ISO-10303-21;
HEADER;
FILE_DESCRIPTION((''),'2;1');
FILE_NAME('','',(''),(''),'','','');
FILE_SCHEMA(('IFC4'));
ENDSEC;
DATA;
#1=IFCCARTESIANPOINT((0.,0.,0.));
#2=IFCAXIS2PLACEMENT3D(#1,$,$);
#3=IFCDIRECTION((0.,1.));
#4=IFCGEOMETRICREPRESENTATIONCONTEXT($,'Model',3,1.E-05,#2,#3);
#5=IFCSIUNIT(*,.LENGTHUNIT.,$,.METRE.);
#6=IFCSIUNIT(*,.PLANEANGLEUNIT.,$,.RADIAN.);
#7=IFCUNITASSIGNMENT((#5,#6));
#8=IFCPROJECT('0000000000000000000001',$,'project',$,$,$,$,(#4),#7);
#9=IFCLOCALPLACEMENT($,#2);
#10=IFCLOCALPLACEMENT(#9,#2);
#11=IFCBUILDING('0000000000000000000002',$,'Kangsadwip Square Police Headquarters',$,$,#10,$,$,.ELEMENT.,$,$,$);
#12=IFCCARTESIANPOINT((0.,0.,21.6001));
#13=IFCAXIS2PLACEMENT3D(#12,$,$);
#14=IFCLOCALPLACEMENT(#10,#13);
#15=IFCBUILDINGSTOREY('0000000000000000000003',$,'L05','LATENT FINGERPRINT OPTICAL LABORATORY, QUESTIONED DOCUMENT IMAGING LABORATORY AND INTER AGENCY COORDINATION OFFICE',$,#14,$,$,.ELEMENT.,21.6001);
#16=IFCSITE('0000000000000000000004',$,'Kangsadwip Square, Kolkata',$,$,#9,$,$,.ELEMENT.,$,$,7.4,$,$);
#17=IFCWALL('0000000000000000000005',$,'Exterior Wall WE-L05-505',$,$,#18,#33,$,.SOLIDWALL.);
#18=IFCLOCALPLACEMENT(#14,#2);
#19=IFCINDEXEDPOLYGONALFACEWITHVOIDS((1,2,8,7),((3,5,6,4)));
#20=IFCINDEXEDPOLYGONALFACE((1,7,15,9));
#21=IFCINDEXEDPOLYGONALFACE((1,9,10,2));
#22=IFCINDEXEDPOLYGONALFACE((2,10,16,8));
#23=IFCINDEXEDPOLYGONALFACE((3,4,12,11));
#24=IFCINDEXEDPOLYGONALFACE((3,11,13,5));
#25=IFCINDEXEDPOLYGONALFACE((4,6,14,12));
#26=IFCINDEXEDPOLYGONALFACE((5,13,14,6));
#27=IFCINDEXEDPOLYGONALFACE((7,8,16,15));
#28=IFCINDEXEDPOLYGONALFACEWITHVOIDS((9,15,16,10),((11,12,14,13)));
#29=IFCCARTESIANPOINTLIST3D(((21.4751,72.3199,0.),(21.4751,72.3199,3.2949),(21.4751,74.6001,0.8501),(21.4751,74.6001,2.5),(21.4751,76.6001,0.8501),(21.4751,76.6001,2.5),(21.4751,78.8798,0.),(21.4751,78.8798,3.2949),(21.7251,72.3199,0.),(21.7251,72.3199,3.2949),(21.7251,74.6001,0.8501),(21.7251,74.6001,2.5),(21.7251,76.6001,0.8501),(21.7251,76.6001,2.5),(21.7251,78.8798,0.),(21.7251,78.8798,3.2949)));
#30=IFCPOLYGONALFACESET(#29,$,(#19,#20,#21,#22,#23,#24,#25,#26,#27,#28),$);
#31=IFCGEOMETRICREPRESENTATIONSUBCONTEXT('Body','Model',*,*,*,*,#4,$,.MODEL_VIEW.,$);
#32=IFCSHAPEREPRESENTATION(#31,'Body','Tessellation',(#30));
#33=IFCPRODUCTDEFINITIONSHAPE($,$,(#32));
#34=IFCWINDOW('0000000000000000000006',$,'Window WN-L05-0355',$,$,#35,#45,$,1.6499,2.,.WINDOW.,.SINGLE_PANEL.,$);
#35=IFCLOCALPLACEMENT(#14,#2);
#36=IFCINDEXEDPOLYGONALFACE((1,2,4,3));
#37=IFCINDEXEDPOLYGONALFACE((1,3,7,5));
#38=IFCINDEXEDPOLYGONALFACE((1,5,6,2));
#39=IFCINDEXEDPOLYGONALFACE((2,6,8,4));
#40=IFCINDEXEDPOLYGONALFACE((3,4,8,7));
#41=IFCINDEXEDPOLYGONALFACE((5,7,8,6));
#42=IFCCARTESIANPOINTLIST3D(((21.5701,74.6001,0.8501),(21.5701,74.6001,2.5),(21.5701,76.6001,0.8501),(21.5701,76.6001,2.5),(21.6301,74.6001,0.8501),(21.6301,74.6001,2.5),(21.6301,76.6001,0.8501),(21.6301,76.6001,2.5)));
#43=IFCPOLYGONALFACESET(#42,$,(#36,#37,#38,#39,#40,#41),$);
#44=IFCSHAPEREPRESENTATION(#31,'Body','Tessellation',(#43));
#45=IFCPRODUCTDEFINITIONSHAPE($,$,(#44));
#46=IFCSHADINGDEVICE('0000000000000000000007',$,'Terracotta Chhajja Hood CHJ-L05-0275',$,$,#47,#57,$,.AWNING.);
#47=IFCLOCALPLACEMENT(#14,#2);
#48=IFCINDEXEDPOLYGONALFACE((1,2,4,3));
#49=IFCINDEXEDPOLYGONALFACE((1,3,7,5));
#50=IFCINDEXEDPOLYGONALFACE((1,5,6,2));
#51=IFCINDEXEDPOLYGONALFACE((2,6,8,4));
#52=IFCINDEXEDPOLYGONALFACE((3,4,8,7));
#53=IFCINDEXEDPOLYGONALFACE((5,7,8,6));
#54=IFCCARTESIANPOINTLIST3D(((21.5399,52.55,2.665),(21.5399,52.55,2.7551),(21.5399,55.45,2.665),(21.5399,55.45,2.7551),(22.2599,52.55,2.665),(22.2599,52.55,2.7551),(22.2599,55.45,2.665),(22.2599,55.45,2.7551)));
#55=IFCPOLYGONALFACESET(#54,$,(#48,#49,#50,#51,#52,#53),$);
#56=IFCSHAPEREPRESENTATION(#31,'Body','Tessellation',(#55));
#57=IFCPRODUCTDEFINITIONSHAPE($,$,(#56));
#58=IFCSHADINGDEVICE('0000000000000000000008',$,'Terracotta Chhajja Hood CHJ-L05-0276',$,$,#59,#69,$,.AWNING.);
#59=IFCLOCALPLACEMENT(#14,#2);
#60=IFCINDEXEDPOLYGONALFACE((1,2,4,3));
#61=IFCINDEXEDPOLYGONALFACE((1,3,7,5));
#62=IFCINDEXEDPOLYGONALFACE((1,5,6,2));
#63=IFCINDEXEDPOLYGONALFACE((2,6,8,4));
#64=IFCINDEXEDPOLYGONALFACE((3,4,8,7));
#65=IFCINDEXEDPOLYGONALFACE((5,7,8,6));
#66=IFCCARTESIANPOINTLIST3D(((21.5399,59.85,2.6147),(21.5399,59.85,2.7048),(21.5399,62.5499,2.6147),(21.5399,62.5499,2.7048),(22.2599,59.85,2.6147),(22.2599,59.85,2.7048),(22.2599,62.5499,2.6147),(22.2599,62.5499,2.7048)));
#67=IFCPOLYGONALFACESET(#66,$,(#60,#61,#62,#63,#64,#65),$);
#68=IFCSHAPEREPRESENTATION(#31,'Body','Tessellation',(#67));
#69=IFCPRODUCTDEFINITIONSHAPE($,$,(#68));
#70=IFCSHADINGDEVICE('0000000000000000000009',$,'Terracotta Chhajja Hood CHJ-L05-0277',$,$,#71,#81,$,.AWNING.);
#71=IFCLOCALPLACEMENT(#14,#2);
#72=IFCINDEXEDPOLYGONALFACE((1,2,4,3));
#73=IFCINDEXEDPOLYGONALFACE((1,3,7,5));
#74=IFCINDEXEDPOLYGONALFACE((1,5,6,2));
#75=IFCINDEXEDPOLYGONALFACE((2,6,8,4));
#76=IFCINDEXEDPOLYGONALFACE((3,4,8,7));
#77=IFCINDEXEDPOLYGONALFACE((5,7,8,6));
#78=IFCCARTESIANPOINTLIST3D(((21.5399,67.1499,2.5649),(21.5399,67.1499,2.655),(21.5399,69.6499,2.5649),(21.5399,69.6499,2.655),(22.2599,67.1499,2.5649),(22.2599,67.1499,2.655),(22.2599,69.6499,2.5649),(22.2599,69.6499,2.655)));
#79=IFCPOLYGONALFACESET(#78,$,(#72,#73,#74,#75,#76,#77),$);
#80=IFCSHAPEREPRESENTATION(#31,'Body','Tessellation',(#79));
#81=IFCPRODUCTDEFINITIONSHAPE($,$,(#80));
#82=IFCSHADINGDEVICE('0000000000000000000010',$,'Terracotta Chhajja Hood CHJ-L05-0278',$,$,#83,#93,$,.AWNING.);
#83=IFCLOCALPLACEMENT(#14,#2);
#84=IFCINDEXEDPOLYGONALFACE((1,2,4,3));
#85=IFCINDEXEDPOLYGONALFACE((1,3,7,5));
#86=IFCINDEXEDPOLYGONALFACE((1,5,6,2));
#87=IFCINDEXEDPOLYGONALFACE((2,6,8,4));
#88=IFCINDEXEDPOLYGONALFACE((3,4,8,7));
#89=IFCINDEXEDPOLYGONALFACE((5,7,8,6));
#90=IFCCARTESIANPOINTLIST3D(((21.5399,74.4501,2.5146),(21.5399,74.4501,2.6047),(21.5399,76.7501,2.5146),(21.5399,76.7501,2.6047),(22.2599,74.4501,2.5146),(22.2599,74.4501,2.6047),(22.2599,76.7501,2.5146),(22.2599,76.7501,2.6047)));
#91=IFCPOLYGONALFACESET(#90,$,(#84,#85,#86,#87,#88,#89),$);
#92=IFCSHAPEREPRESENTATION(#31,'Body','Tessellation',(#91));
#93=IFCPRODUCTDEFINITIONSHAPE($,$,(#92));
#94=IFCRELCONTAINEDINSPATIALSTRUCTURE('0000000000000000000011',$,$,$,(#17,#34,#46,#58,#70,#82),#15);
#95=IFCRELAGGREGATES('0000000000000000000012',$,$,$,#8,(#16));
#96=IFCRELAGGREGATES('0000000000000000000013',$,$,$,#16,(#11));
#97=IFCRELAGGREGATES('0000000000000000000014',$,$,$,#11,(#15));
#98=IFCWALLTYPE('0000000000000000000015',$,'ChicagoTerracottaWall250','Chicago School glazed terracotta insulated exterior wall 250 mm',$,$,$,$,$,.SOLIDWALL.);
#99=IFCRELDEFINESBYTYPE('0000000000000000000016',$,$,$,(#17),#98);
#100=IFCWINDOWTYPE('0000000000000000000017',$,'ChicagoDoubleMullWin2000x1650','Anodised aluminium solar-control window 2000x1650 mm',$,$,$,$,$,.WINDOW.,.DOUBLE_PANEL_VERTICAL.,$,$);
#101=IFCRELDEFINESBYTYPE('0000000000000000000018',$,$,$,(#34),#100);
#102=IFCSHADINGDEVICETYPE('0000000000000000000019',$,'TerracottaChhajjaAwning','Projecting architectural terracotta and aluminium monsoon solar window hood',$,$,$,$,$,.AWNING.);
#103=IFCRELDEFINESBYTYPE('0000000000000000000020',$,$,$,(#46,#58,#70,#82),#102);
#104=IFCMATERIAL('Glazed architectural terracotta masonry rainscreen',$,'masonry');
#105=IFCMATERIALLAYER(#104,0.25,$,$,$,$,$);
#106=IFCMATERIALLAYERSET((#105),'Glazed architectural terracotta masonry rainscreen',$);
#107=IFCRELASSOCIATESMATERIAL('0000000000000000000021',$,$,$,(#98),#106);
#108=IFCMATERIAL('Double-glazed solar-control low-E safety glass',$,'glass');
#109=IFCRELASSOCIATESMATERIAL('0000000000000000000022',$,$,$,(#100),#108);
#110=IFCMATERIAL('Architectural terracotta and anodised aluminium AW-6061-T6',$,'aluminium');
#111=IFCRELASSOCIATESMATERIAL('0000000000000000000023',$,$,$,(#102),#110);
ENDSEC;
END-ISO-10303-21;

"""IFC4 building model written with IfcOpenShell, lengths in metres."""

from ifc_helpers import new_model, si_unit, direction, frame, frame_2d, origin, origin_2d, place, context, subcontext, project, spatial, rectangle, extrude, material, layer, layer_set, type_object, element, fill, save


model = new_model("IFC4")

# Units and contexts
model_context = context("Model", 3, precision=1e-05, world=origin(), true_north=direction((0.0, 1.0)))
body_context = subcontext(model_context, "Body", "Model", "MODEL_VIEW")
ifc_project = project(units=[si_unit("LENGTHUNIT", "METRE"), si_unit("PLANEANGLEUNIT", "RADIAN")], contexts=[model_context])

# Site, building, storey
site_placement = place(None, origin())
site = spatial("IfcSite", under=ifc_project, at=site_placement, Name="Kangsadwip Square, Kolkata", CompositionType="ELEMENT", RefElevation=7.4)
building_placement = place(site_placement, origin())
building = spatial("IfcBuilding", under=site, at=building_placement, Name="Kangsadwip Square Police Headquarters", CompositionType="ELEMENT")
storey_placement = place(building_placement, frame((0.0, 0.0, 21.6001)))
storey = spatial("IfcBuildingStorey", under=building, at=storey_placement, Name="L05", Description="LATENT FINGERPRINT OPTICAL LABORATORY, QUESTIONED DOCUMENT IMAGING LABORATORY AND INTER AGENCY COORDINATION OFFICE", CompositionType="ELEMENT", Elevation=21.6001)

# Wall, opening, window
ifc_material_1 = material(Name="Glazed architectural terracotta masonry rainscreen", Category="masonry")
ifc_layer_1 = layer(ifc_material_1, 0.25)
ifc_layer_set_1 = layer_set([ifc_layer_1], Name="Glazed architectural terracotta masonry rainscreen")
wall_type = type_object("IfcWallType", Name="ChicagoTerracottaWall250", Description="Chicago School glazed terracotta insulated exterior wall 250 mm", PredefinedType="SOLIDWALL", material=ifc_layer_set_1)
wall_1_placement = place(storey_placement, frame((21.6001, 72.3201, 0.0), z_axis=(0.0, 0.0, 1.0), x_axis=(0.0, 1.0, 0.0)))
wall_1 = element("IfcWall", 1, at=wall_1_placement, inside=storey, type_object=wall_type, Name="Exterior Wall WE-L05-505", PredefinedType="SOLIDWALL", context=body_context, shape_type="SweptSolid", body=[
    extrude(rectangle(XDim=6.5598, YDim=0.25, at=frame_2d((3.2798, 0.0))), origin(), (0.0, 0.0, 1.0), 3.2949),
])
opening_1_placement = place(wall_1_placement, frame((2.28, 0.0, 0.8501)))
opening_1 = element("IfcOpeningElement", 2, at=opening_1_placement, cuts=wall_1, PredefinedType="OPENING", context=body_context, shape_type="SweptSolid", body=[
    extrude(rectangle(XDim=2.0, YDim=1.6499, at=frame_2d((1.0, 0.825))), frame((0.0, 0.135, 0.0), z_axis=(0.0, -1.0, 0.0), x_axis=(1.0, 0.0, 0.0)), (0.0, 0.0, 1.0), 0.27),
])
ifc_material_2 = material(Name="Double-glazed solar-control low-E safety glass", Category="glass")
window_type_1 = type_object("IfcWindowType", Name="ChicagoDoubleMullWin2000x1650", Description="Anodised aluminium solar-control window 2000x1650 mm", PartitioningType="DOUBLE_PANEL_VERTICAL", PredefinedType="WINDOW", material=ifc_material_2)
window_1_placement = place(opening_1_placement, origin())
window_1 = element("IfcWindow", 3, at=window_1_placement, inside=storey, type_object=window_type_1, Name="Window WN-L05-0355", OverallHeight=1.6499, OverallWidth=2.0, PartitioningType="SINGLE_PANEL", PredefinedType="WINDOW", context=body_context, shape_type="SweptSolid", body=[
    extrude(rectangle(XDim=2.0, YDim=1.6499, at=frame_2d((1.0, 0.825))), frame((0.0, 0.03, 0.0), z_axis=(0.0, -1.0, 0.0), x_axis=(1.0, 0.0, 0.0)), (0.0, 0.0, 1.0), 0.0601),
])
fill(opening_1, window_1)

# Shading devices
ifc_material_3 = material(Name="Architectural terracotta and anodised aluminium AW-6061-T6", Category="aluminium")
shading_device_type = type_object("IfcShadingDeviceType", Name="TerracottaChhajjaAwning", Description="Projecting architectural terracotta and aluminium monsoon solar window hood", PredefinedType="AWNING", material=ifc_material_3)
shading_device_1_placement = place(storey_placement, frame((21.8999, 54.0, 2.665), z_axis=(0.0, 0.0, 1.0), x_axis=(0.0, 1.0, 0.0)))
element("IfcShadingDevice", 4, at=shading_device_1_placement, inside=storey, type_object=shading_device_type, Name="Terracotta Chhajja Hood CHJ-L05-0275", PredefinedType="AWNING", context=body_context, shape_type="SweptSolid", body=[
    extrude(rectangle(XDim=2.8999, YDim=0.72, at=origin_2d()), origin(), (0.0, 0.0, 1.0), 0.0901),
])
shading_device_2_placement = place(storey_placement, frame((21.8999, 61.2, 2.6147), z_axis=(0.0, 0.0, 1.0), x_axis=(0.0, 1.0, 0.0)))
element("IfcShadingDevice", 5, at=shading_device_2_placement, inside=storey, type_object=shading_device_type, Name="Terracotta Chhajja Hood CHJ-L05-0276", PredefinedType="AWNING", context=body_context, shape_type="SweptSolid", body=[
    extrude(rectangle(XDim=2.7, YDim=0.72, at=origin_2d()), origin(), (0.0, 0.0, 1.0), 0.0901),
])
shading_device_3_placement = place(storey_placement, frame((21.8999, 68.3999, 2.5649), z_axis=(0.0, 0.0, 1.0), x_axis=(0.0, 1.0, 0.0)))
element("IfcShadingDevice", 6, at=shading_device_3_placement, inside=storey, type_object=shading_device_type, Name="Terracotta Chhajja Hood CHJ-L05-0277", PredefinedType="AWNING", context=body_context, shape_type="SweptSolid", body=[
    extrude(rectangle(XDim=2.5, YDim=0.72, at=origin_2d()), origin(), (0.0, 0.0, 1.0), 0.0901),
])
shading_device_4_placement = place(storey_placement, frame((21.8999, 75.6001, 2.5146), z_axis=(0.0, 0.0, 1.0), x_axis=(0.0, 1.0, 0.0)))
element("IfcShadingDevice", 7, at=shading_device_4_placement, inside=storey, type_object=shading_device_type, Name="Terracotta Chhajja Hood CHJ-L05-0278", PredefinedType="AWNING", context=body_context, shape_type="SweptSolid", body=[
    extrude(rectangle(XDim=2.3, YDim=0.72, at=origin_2d()), origin(), (0.0, 0.0, 1.0), 0.0901),
])

save(model, "model.ifc")
